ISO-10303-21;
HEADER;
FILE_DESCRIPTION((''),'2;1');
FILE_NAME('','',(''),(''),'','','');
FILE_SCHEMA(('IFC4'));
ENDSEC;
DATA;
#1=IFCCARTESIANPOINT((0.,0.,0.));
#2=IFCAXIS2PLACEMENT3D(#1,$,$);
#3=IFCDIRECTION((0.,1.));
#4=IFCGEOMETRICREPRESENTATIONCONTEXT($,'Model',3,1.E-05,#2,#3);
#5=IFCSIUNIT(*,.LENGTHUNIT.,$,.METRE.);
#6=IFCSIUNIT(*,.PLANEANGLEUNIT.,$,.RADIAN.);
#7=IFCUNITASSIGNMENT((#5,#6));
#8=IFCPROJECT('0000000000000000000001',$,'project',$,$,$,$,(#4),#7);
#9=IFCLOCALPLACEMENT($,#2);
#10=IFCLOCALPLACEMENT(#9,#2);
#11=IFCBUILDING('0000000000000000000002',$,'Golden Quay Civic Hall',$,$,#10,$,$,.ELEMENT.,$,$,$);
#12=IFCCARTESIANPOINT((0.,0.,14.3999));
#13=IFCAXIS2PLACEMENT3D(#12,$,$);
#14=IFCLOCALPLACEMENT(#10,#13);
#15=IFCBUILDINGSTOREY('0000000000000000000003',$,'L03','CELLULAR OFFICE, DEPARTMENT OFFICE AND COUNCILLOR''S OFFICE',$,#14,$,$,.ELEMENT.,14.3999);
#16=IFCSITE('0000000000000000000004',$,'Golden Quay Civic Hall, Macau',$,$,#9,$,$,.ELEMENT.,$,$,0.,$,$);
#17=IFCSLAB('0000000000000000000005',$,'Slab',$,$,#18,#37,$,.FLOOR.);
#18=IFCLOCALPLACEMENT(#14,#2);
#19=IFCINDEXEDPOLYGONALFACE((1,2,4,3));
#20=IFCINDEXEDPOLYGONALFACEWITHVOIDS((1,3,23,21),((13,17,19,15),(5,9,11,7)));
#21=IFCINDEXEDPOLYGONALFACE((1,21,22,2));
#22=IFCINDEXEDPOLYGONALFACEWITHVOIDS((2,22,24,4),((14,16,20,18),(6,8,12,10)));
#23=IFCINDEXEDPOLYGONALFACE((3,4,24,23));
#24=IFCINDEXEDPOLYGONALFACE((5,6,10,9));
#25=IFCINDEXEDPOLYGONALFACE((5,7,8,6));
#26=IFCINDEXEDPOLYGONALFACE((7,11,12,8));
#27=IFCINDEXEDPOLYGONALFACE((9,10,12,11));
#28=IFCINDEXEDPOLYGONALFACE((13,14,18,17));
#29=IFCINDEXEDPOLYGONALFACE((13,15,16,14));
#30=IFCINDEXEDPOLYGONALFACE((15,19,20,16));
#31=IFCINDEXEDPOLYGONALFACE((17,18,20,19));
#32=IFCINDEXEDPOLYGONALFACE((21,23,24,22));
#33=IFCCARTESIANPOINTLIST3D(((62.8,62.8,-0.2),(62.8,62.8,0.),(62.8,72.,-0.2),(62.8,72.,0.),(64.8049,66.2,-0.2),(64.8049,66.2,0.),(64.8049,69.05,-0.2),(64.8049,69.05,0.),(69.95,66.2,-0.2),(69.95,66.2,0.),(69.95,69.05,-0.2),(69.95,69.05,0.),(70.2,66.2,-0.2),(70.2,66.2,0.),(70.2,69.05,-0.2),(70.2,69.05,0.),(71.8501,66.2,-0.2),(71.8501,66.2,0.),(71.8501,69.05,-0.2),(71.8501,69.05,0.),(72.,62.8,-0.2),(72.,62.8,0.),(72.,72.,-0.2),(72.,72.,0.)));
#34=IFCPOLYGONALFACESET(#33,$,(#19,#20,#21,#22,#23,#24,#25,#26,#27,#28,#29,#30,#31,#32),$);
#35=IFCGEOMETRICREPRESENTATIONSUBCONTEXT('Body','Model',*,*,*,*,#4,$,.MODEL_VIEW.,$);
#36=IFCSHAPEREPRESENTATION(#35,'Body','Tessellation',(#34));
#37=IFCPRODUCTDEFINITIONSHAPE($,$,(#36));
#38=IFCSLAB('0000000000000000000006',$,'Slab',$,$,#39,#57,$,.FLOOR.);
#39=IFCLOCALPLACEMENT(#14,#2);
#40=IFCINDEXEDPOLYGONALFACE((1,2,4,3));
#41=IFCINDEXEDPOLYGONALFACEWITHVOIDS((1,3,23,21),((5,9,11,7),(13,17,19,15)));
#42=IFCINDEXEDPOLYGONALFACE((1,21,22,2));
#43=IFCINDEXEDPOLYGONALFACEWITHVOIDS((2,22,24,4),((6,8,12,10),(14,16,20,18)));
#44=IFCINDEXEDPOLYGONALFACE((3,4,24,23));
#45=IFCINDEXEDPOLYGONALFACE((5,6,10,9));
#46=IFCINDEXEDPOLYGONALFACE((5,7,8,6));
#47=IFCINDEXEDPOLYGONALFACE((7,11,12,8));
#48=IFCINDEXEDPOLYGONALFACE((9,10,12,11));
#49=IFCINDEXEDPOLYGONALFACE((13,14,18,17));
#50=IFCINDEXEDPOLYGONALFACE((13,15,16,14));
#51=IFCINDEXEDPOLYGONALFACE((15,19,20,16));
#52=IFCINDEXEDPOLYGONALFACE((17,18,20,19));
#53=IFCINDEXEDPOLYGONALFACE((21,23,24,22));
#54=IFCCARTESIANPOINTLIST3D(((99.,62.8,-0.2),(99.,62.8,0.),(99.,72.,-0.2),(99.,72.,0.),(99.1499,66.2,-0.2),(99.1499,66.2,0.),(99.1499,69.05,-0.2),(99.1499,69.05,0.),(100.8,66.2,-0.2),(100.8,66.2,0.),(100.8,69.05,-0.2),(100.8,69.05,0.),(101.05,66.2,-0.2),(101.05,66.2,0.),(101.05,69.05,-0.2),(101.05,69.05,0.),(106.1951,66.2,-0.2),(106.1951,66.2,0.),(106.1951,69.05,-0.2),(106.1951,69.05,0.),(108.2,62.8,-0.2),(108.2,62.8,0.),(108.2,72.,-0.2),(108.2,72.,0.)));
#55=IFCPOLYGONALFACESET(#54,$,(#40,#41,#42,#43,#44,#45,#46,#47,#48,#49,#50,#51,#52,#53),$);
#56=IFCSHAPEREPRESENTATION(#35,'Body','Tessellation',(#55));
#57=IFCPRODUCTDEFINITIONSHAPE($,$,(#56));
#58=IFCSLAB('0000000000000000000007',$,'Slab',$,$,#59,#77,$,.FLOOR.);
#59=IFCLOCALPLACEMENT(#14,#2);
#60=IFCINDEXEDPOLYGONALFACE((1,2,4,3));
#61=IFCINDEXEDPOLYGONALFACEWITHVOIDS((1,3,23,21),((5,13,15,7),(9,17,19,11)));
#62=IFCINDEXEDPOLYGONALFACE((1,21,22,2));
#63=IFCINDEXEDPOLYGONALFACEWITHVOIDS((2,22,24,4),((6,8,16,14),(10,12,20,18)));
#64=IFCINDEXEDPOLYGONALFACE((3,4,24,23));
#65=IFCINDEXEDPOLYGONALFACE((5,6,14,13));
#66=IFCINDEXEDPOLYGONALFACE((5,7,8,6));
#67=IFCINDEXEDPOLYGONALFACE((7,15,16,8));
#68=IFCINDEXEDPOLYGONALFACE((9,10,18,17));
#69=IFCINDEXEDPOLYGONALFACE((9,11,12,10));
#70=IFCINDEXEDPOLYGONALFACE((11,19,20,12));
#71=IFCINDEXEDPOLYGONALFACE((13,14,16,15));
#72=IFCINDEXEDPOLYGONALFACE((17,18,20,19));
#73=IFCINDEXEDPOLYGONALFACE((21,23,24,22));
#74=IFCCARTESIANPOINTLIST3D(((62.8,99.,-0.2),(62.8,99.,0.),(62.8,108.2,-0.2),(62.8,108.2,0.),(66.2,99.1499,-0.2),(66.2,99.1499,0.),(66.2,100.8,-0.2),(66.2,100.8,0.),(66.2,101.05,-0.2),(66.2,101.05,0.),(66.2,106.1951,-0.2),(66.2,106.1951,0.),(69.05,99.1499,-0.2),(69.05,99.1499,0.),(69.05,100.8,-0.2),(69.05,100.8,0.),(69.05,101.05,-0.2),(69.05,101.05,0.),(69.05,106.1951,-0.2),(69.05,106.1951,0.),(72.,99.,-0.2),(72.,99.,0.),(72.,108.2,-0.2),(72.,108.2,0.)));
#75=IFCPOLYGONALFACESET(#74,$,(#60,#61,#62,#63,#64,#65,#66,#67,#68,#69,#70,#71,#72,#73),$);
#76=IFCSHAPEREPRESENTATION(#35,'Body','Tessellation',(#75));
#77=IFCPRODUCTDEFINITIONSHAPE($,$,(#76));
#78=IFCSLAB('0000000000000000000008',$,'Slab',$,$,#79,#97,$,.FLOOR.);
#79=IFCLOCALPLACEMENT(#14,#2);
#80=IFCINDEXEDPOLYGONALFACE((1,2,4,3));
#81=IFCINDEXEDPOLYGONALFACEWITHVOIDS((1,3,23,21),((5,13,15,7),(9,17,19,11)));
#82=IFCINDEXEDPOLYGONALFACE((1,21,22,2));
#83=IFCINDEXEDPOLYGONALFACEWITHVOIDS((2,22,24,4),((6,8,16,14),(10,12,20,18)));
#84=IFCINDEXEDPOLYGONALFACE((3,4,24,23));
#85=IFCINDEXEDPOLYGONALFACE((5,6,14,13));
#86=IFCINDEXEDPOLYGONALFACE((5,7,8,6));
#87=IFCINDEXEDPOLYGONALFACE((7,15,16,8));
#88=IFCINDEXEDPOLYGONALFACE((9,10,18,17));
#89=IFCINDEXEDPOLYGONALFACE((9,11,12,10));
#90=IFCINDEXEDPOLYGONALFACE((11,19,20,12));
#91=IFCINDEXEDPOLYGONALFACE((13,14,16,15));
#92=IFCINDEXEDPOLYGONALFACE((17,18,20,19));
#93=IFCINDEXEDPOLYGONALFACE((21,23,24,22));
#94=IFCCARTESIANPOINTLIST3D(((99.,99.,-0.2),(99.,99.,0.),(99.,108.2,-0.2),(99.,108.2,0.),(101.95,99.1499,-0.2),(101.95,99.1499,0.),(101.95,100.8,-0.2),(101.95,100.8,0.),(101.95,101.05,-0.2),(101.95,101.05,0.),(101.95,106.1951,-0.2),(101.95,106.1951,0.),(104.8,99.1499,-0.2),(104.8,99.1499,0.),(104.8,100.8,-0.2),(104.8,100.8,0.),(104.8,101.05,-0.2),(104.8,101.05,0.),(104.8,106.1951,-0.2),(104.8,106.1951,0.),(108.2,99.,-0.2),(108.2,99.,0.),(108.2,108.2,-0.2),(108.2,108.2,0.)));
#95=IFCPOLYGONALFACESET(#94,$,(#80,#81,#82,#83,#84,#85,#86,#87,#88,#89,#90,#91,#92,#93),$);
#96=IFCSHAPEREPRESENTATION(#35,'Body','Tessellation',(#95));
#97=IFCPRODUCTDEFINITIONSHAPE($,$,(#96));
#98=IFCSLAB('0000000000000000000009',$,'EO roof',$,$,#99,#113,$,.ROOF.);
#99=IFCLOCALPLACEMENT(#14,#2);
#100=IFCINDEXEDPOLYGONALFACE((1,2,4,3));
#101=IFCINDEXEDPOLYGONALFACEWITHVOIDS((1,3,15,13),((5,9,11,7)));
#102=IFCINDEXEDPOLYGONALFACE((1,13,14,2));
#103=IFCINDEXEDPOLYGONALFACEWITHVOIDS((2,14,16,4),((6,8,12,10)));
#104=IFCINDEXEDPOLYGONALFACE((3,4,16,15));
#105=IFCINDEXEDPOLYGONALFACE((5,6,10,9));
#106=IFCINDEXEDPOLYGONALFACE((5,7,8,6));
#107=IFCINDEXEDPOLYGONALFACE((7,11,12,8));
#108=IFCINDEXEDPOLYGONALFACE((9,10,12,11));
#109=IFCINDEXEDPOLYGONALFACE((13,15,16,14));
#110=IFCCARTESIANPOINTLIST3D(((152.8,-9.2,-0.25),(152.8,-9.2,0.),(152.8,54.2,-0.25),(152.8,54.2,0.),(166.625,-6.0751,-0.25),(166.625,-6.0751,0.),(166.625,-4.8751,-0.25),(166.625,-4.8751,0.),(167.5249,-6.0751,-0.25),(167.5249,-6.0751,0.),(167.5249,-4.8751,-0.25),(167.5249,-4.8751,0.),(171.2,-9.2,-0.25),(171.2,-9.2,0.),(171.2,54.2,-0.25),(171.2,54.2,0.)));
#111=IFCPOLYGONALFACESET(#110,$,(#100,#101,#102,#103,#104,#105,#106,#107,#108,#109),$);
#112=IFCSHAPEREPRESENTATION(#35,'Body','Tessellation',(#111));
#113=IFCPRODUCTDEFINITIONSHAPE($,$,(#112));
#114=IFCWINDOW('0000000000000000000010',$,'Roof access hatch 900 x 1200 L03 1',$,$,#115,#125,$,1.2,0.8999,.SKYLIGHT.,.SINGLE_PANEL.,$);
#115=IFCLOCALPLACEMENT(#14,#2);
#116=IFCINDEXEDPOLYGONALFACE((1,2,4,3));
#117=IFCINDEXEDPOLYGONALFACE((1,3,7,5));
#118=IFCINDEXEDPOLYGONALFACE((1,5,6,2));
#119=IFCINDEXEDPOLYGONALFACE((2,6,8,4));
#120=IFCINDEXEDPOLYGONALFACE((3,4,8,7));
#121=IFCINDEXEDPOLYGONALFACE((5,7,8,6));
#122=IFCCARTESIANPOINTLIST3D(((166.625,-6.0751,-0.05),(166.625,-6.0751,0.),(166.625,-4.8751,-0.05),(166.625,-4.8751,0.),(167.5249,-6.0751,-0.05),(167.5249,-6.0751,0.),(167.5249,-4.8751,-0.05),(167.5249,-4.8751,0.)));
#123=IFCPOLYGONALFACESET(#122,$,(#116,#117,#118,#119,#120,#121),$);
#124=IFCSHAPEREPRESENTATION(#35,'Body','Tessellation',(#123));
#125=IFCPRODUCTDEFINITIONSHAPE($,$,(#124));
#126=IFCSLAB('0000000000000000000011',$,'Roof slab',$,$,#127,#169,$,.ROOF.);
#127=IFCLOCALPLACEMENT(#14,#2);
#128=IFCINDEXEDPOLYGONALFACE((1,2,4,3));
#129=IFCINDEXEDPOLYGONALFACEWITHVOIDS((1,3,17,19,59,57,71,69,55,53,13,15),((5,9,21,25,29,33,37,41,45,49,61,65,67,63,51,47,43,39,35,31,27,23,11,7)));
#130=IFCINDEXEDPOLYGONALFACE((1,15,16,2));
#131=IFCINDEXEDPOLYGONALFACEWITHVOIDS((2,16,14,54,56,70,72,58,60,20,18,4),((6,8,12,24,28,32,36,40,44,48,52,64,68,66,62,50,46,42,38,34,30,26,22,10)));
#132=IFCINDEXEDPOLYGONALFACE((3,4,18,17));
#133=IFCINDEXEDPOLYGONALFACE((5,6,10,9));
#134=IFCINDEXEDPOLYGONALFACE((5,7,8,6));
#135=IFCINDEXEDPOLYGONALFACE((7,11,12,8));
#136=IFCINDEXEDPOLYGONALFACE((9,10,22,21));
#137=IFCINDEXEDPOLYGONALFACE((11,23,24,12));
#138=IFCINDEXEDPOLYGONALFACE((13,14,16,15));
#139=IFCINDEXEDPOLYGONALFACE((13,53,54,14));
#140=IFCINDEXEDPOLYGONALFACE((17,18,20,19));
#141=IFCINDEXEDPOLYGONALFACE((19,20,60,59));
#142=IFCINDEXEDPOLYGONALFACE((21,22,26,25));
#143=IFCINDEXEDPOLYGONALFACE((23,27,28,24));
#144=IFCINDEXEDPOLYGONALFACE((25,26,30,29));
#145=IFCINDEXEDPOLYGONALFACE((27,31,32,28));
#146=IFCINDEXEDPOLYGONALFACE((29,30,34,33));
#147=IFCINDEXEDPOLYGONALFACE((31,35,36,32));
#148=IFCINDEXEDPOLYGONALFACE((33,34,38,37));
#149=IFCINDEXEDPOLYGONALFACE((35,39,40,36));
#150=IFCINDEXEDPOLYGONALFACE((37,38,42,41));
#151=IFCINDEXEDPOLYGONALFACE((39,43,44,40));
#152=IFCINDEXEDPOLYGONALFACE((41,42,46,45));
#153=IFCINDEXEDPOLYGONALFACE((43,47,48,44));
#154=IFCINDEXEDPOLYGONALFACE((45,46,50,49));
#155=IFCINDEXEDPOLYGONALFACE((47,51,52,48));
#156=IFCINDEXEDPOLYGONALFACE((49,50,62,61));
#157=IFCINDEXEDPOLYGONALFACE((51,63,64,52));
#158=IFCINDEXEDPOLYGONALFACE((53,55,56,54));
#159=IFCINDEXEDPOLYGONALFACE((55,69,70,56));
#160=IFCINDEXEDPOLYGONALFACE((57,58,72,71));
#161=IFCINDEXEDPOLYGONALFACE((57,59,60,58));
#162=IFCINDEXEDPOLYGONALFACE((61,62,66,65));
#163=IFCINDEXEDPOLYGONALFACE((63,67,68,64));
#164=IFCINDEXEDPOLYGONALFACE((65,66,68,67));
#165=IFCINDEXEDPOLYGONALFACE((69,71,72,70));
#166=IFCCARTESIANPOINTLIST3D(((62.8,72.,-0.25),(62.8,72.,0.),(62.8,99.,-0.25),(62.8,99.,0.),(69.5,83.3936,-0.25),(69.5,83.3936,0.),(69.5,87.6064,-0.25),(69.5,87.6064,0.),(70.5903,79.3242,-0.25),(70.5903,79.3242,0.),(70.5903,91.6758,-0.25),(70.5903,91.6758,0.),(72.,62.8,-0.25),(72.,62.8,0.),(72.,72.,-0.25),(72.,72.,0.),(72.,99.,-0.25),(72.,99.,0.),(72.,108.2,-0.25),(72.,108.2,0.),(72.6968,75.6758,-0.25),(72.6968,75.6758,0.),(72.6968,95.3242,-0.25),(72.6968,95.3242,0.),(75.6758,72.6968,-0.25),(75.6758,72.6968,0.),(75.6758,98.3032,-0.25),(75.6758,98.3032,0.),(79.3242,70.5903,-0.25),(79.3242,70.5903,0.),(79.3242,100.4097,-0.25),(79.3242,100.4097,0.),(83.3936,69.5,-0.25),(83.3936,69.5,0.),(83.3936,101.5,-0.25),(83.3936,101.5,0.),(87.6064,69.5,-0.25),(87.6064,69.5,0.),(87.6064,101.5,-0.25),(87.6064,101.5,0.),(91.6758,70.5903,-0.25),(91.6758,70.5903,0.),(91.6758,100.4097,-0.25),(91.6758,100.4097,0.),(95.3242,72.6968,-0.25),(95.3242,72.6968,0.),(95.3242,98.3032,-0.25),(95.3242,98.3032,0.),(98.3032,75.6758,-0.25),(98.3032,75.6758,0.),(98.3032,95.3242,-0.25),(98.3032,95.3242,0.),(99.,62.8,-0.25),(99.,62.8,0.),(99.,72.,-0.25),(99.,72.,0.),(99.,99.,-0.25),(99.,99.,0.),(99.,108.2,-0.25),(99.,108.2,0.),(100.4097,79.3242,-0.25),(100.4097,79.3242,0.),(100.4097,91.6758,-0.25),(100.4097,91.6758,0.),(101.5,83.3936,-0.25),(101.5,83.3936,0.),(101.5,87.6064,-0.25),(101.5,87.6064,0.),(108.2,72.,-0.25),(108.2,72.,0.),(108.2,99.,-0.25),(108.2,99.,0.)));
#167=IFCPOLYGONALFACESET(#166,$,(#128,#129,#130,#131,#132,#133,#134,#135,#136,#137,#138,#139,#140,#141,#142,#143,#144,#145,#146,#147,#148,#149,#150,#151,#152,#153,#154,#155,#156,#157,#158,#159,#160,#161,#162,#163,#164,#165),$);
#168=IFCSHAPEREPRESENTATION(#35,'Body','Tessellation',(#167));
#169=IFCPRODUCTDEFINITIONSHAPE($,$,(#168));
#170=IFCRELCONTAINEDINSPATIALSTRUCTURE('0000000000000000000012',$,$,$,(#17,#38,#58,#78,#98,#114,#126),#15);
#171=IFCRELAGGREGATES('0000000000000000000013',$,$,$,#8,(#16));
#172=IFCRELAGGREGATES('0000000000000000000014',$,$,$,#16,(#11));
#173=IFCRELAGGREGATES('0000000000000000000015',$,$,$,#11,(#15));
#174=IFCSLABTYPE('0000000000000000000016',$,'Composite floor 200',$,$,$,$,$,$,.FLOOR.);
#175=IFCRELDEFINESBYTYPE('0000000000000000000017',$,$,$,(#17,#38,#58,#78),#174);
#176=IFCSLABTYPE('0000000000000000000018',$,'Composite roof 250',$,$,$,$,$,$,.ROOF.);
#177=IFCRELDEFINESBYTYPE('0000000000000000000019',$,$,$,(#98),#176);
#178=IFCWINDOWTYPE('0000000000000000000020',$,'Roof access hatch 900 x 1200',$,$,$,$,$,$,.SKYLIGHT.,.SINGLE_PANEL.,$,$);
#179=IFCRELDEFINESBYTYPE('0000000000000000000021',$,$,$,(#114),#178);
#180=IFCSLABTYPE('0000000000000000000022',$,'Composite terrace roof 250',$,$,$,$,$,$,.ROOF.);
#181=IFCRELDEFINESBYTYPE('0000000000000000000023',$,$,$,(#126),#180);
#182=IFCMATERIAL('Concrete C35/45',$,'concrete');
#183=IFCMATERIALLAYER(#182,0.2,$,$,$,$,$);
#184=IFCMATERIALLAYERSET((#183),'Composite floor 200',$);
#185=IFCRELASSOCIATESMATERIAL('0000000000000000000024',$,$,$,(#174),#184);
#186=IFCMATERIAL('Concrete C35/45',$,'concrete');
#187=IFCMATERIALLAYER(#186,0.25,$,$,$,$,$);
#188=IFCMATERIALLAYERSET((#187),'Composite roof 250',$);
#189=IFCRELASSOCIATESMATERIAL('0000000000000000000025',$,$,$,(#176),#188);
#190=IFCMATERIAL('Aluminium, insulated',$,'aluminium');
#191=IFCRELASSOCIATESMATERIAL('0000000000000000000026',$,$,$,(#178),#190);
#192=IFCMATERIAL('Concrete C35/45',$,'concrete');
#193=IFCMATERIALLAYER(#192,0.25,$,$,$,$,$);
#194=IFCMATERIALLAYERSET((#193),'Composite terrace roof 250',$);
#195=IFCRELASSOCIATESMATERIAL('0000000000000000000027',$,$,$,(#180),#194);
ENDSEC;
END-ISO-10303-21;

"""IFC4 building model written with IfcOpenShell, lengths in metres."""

from ifc_helpers import new_model, si_unit, direction, frame, origin, origin_2d, place, context, subcontext, project, spatial, polyline, rectangle, outline, extrude, material, layer, layer_set, type_object, element, fill, save


model = new_model("IFC4")

# Units and contexts
model_context = context("Model", 3, precision=1e-05, world=origin(), true_north=direction((0.0, 1.0)))
body_context = subcontext(model_context, "Body", "Model", "MODEL_VIEW")
ifc_project = project(units=[si_unit("LENGTHUNIT", "METRE"), si_unit("PLANEANGLEUNIT", "RADIAN")], contexts=[model_context])

# Site, building, storey
site_placement = place(None, origin())
site = spatial("IfcSite", under=ifc_project, at=site_placement, Name="Golden Quay Civic Hall, Macau", CompositionType="ELEMENT", RefElevation=0.0)
building_placement = place(site_placement, origin())
building = spatial("IfcBuilding", under=site, at=building_placement, Name="Golden Quay Civic Hall", CompositionType="ELEMENT")
storey_placement = place(building_placement, frame((0.0, 0.0, 14.3999)))
storey = spatial("IfcBuildingStorey", under=building, at=storey_placement, Name="L03", Description="CELLULAR OFFICE, DEPARTMENT OFFICE AND COUNCILLOR'S OFFICE", CompositionType="ELEMENT", Elevation=14.3999)

# Slabs
ifc_material_1 = material(Name="Concrete C35/45", Category="concrete")
ifc_layer_1 = layer(ifc_material_1, 0.2)
ifc_layer_set_1 = layer_set([ifc_layer_1], Name="Composite floor 200")
slab_type_1 = type_object("IfcSlabType", Name="Composite floor 200", PredefinedType="FLOOR", material=ifc_layer_set_1)
slab_1_placement = place(storey_placement, frame((0.0, 0.0, -0.2)))
element("IfcSlab", 1, at=slab_1_placement, inside=storey, type_object=slab_type_1, Name="Slab", PredefinedType="FLOOR", context=body_context, shape_type="SweptSolid", body=[
    extrude(outline(polyline([(72.0, 72.0), (72.0, 62.8), (62.8, 62.8), (62.8, 72.0), (72.0, 72.0)]), holes=[polyline([(69.95, 69.05), (64.8049, 69.05), (64.8049, 66.2), (69.95, 66.2), (69.95, 69.05)]), polyline([(71.8501, 69.05), (70.2, 69.05), (70.2, 66.2), (71.8501, 66.2), (71.8501, 69.05)])]), origin(), (0.0, 0.0, 1.0), 0.2),
])
slab_2_placement = place(storey_placement, frame((0.0, 0.0, -0.2)))
element("IfcSlab", 2, at=slab_2_placement, inside=storey, type_object=slab_type_1, Name="Slab", PredefinedType="FLOOR", context=body_context, shape_type="SweptSolid", body=[
    extrude(outline(polyline([(108.2, 72.0), (108.2, 62.8), (99.0, 62.8), (99.0, 72.0), (108.2, 72.0)]), holes=[polyline([(99.1499, 69.05), (99.1499, 66.2), (100.8, 66.2), (100.8, 69.05), (99.1499, 69.05)]), polyline([(101.05, 66.2), (106.1951, 66.2), (106.1951, 69.05), (101.05, 69.05), (101.05, 66.2)])]), origin(), (0.0, 0.0, 1.0), 0.2),
])
slab_3_placement = place(storey_placement, frame((0.0, 0.0, -0.2)))
element("IfcSlab", 3, at=slab_3_placement, inside=storey, type_object=slab_type_1, Name="Slab", PredefinedType="FLOOR", context=body_context, shape_type="SweptSolid", body=[
    extrude(outline(polyline([(72.0, 108.2), (72.0, 99.0), (62.8, 99.0), (62.8, 108.2), (72.0, 108.2)]), holes=[polyline([(69.05, 99.1499), (69.05, 100.8), (66.2, 100.8), (66.2, 99.1499), (69.05, 99.1499)]), polyline([(69.05, 101.05), (69.05, 106.1951), (66.2, 106.1951), (66.2, 101.05), (69.05, 101.05)])]), origin(), (0.0, 0.0, 1.0), 0.2),
])
slab_4_placement = place(storey_placement, frame((0.0, 0.0, -0.2)))
element("IfcSlab", 4, at=slab_4_placement, inside=storey, type_object=slab_type_1, Name="Slab", PredefinedType="FLOOR", context=body_context, shape_type="SweptSolid", body=[
    extrude(outline(polyline([(108.2, 108.2), (108.2, 99.0), (99.0, 99.0), (99.0, 108.2), (108.2, 108.2)]), holes=[polyline([(101.95, 99.1499), (104.8, 99.1499), (104.8, 100.8), (101.95, 100.8), (101.95, 99.1499)]), polyline([(104.8, 101.05), (104.8, 106.1951), (101.95, 106.1951), (101.95, 101.05), (104.8, 101.05)])]), origin(), (0.0, 0.0, 1.0), 0.2),
])

# Slab, opening, window
ifc_material_2 = material(Name="Concrete C35/45", Category="concrete")
ifc_layer_2 = layer(ifc_material_2, 0.25)
ifc_layer_set_2 = layer_set([ifc_layer_2], Name="Composite roof 250")
slab_type_2 = type_object("IfcSlabType", Name="Composite roof 250", PredefinedType="ROOF", material=ifc_layer_set_2)
slab_5_placement = place(storey_placement, frame((0.0, 0.0, -0.25)))
slab_5 = element("IfcSlab", 5, at=slab_5_placement, inside=storey, type_object=slab_type_2, Name="EO roof", PredefinedType="ROOF", context=body_context, shape_type="SweptSolid", body=[
    extrude(outline(polyline([(171.2, -9.2), (171.2, 54.2), (152.8, 54.2), (152.8, -9.2), (171.2, -9.2)])), origin(), (0.0, 0.0, 1.0), 0.25),
])
opening_placement = place(slab_5_placement, frame((167.075, -5.4751, 0.0)))
opening = element("IfcOpeningElement", 6, at=opening_placement, cuts=slab_5, PredefinedType="OPENING", context=body_context, shape_type="SweptSolid", body=[
    extrude(rectangle(XDim=0.8999, YDim=1.2, at=origin_2d()), origin(), (0.0, 0.0, 1.0), 0.25),
])
ifc_material_3 = material(Name="Aluminium, insulated", Category="aluminium")
window_type = type_object("IfcWindowType", Name="Roof access hatch 900 x 1200", PartitioningType="SINGLE_PANEL", PredefinedType="SKYLIGHT", material=ifc_material_3)
window_placement = place(opening_placement, frame((0.0, 0.0, 0.2)))
window = element("IfcWindow", 7, at=window_placement, inside=storey, type_object=window_type, Name="Roof access hatch 900 x 1200 L03 1", OverallHeight=1.2, OverallWidth=0.8999, PartitioningType="SINGLE_PANEL", PredefinedType="SKYLIGHT", context=body_context, shape_type="SweptSolid", body=[
    extrude(rectangle(XDim=0.8999, YDim=1.2, at=origin_2d()), origin(), (0.0, 0.0, 1.0), 0.05),
])
fill(opening, window)

# Slab
ifc_material_4 = material(Name="Concrete C35/45", Category="concrete")
ifc_layer_3 = layer(ifc_material_4, 0.25)
ifc_layer_set_3 = layer_set([ifc_layer_3], Name="Composite terrace roof 250")
slab_type_3 = type_object("IfcSlabType", Name="Composite terrace roof 250", PredefinedType="ROOF", material=ifc_layer_set_3)
slab_6_placement = place(storey_placement, frame((0.0, 0.0, -0.25)))
element("IfcSlab", 8, at=slab_6_placement, inside=storey, type_object=slab_type_3, Name="Roof slab", PredefinedType="ROOF", context=body_context, shape_type="SweptSolid", body=[
    extrude(outline(polyline([(99.0, 62.8), (72.0, 62.8), (72.0, 72.0), (62.8, 72.0), (62.8, 99.0), (72.0, 99.0), (72.0, 108.2), (99.0, 108.2), (99.0, 99.0), (108.2, 99.0), (108.2, 72.0), (99.0, 72.0), (99.0, 62.8)]), holes=[polyline([(98.3032, 95.3242), (95.3242, 98.3032), (91.6758, 100.4097), (87.6064, 101.5), (83.3936, 101.5), (79.3242, 100.4097), (75.6758, 98.3032), (72.6968, 95.3242), (70.5903, 91.6758), (69.5, 87.6064), (69.5, 83.3936), (70.5903, 79.3242), (72.6968, 75.6758), (75.6758, 72.6968), (79.3242, 70.5903), (83.3936, 69.5), (87.6064, 69.5), (91.6758, 70.5903), (95.3242, 72.6968), (98.3032, 75.6758), (100.4097, 79.3242), (101.5, 83.3936), (101.5, 87.6064), (100.4097, 91.6758), (98.3032, 95.3242)])]), origin(), (0.0, 0.0, 1.0), 0.25),
])

save(model, "model.ifc")
